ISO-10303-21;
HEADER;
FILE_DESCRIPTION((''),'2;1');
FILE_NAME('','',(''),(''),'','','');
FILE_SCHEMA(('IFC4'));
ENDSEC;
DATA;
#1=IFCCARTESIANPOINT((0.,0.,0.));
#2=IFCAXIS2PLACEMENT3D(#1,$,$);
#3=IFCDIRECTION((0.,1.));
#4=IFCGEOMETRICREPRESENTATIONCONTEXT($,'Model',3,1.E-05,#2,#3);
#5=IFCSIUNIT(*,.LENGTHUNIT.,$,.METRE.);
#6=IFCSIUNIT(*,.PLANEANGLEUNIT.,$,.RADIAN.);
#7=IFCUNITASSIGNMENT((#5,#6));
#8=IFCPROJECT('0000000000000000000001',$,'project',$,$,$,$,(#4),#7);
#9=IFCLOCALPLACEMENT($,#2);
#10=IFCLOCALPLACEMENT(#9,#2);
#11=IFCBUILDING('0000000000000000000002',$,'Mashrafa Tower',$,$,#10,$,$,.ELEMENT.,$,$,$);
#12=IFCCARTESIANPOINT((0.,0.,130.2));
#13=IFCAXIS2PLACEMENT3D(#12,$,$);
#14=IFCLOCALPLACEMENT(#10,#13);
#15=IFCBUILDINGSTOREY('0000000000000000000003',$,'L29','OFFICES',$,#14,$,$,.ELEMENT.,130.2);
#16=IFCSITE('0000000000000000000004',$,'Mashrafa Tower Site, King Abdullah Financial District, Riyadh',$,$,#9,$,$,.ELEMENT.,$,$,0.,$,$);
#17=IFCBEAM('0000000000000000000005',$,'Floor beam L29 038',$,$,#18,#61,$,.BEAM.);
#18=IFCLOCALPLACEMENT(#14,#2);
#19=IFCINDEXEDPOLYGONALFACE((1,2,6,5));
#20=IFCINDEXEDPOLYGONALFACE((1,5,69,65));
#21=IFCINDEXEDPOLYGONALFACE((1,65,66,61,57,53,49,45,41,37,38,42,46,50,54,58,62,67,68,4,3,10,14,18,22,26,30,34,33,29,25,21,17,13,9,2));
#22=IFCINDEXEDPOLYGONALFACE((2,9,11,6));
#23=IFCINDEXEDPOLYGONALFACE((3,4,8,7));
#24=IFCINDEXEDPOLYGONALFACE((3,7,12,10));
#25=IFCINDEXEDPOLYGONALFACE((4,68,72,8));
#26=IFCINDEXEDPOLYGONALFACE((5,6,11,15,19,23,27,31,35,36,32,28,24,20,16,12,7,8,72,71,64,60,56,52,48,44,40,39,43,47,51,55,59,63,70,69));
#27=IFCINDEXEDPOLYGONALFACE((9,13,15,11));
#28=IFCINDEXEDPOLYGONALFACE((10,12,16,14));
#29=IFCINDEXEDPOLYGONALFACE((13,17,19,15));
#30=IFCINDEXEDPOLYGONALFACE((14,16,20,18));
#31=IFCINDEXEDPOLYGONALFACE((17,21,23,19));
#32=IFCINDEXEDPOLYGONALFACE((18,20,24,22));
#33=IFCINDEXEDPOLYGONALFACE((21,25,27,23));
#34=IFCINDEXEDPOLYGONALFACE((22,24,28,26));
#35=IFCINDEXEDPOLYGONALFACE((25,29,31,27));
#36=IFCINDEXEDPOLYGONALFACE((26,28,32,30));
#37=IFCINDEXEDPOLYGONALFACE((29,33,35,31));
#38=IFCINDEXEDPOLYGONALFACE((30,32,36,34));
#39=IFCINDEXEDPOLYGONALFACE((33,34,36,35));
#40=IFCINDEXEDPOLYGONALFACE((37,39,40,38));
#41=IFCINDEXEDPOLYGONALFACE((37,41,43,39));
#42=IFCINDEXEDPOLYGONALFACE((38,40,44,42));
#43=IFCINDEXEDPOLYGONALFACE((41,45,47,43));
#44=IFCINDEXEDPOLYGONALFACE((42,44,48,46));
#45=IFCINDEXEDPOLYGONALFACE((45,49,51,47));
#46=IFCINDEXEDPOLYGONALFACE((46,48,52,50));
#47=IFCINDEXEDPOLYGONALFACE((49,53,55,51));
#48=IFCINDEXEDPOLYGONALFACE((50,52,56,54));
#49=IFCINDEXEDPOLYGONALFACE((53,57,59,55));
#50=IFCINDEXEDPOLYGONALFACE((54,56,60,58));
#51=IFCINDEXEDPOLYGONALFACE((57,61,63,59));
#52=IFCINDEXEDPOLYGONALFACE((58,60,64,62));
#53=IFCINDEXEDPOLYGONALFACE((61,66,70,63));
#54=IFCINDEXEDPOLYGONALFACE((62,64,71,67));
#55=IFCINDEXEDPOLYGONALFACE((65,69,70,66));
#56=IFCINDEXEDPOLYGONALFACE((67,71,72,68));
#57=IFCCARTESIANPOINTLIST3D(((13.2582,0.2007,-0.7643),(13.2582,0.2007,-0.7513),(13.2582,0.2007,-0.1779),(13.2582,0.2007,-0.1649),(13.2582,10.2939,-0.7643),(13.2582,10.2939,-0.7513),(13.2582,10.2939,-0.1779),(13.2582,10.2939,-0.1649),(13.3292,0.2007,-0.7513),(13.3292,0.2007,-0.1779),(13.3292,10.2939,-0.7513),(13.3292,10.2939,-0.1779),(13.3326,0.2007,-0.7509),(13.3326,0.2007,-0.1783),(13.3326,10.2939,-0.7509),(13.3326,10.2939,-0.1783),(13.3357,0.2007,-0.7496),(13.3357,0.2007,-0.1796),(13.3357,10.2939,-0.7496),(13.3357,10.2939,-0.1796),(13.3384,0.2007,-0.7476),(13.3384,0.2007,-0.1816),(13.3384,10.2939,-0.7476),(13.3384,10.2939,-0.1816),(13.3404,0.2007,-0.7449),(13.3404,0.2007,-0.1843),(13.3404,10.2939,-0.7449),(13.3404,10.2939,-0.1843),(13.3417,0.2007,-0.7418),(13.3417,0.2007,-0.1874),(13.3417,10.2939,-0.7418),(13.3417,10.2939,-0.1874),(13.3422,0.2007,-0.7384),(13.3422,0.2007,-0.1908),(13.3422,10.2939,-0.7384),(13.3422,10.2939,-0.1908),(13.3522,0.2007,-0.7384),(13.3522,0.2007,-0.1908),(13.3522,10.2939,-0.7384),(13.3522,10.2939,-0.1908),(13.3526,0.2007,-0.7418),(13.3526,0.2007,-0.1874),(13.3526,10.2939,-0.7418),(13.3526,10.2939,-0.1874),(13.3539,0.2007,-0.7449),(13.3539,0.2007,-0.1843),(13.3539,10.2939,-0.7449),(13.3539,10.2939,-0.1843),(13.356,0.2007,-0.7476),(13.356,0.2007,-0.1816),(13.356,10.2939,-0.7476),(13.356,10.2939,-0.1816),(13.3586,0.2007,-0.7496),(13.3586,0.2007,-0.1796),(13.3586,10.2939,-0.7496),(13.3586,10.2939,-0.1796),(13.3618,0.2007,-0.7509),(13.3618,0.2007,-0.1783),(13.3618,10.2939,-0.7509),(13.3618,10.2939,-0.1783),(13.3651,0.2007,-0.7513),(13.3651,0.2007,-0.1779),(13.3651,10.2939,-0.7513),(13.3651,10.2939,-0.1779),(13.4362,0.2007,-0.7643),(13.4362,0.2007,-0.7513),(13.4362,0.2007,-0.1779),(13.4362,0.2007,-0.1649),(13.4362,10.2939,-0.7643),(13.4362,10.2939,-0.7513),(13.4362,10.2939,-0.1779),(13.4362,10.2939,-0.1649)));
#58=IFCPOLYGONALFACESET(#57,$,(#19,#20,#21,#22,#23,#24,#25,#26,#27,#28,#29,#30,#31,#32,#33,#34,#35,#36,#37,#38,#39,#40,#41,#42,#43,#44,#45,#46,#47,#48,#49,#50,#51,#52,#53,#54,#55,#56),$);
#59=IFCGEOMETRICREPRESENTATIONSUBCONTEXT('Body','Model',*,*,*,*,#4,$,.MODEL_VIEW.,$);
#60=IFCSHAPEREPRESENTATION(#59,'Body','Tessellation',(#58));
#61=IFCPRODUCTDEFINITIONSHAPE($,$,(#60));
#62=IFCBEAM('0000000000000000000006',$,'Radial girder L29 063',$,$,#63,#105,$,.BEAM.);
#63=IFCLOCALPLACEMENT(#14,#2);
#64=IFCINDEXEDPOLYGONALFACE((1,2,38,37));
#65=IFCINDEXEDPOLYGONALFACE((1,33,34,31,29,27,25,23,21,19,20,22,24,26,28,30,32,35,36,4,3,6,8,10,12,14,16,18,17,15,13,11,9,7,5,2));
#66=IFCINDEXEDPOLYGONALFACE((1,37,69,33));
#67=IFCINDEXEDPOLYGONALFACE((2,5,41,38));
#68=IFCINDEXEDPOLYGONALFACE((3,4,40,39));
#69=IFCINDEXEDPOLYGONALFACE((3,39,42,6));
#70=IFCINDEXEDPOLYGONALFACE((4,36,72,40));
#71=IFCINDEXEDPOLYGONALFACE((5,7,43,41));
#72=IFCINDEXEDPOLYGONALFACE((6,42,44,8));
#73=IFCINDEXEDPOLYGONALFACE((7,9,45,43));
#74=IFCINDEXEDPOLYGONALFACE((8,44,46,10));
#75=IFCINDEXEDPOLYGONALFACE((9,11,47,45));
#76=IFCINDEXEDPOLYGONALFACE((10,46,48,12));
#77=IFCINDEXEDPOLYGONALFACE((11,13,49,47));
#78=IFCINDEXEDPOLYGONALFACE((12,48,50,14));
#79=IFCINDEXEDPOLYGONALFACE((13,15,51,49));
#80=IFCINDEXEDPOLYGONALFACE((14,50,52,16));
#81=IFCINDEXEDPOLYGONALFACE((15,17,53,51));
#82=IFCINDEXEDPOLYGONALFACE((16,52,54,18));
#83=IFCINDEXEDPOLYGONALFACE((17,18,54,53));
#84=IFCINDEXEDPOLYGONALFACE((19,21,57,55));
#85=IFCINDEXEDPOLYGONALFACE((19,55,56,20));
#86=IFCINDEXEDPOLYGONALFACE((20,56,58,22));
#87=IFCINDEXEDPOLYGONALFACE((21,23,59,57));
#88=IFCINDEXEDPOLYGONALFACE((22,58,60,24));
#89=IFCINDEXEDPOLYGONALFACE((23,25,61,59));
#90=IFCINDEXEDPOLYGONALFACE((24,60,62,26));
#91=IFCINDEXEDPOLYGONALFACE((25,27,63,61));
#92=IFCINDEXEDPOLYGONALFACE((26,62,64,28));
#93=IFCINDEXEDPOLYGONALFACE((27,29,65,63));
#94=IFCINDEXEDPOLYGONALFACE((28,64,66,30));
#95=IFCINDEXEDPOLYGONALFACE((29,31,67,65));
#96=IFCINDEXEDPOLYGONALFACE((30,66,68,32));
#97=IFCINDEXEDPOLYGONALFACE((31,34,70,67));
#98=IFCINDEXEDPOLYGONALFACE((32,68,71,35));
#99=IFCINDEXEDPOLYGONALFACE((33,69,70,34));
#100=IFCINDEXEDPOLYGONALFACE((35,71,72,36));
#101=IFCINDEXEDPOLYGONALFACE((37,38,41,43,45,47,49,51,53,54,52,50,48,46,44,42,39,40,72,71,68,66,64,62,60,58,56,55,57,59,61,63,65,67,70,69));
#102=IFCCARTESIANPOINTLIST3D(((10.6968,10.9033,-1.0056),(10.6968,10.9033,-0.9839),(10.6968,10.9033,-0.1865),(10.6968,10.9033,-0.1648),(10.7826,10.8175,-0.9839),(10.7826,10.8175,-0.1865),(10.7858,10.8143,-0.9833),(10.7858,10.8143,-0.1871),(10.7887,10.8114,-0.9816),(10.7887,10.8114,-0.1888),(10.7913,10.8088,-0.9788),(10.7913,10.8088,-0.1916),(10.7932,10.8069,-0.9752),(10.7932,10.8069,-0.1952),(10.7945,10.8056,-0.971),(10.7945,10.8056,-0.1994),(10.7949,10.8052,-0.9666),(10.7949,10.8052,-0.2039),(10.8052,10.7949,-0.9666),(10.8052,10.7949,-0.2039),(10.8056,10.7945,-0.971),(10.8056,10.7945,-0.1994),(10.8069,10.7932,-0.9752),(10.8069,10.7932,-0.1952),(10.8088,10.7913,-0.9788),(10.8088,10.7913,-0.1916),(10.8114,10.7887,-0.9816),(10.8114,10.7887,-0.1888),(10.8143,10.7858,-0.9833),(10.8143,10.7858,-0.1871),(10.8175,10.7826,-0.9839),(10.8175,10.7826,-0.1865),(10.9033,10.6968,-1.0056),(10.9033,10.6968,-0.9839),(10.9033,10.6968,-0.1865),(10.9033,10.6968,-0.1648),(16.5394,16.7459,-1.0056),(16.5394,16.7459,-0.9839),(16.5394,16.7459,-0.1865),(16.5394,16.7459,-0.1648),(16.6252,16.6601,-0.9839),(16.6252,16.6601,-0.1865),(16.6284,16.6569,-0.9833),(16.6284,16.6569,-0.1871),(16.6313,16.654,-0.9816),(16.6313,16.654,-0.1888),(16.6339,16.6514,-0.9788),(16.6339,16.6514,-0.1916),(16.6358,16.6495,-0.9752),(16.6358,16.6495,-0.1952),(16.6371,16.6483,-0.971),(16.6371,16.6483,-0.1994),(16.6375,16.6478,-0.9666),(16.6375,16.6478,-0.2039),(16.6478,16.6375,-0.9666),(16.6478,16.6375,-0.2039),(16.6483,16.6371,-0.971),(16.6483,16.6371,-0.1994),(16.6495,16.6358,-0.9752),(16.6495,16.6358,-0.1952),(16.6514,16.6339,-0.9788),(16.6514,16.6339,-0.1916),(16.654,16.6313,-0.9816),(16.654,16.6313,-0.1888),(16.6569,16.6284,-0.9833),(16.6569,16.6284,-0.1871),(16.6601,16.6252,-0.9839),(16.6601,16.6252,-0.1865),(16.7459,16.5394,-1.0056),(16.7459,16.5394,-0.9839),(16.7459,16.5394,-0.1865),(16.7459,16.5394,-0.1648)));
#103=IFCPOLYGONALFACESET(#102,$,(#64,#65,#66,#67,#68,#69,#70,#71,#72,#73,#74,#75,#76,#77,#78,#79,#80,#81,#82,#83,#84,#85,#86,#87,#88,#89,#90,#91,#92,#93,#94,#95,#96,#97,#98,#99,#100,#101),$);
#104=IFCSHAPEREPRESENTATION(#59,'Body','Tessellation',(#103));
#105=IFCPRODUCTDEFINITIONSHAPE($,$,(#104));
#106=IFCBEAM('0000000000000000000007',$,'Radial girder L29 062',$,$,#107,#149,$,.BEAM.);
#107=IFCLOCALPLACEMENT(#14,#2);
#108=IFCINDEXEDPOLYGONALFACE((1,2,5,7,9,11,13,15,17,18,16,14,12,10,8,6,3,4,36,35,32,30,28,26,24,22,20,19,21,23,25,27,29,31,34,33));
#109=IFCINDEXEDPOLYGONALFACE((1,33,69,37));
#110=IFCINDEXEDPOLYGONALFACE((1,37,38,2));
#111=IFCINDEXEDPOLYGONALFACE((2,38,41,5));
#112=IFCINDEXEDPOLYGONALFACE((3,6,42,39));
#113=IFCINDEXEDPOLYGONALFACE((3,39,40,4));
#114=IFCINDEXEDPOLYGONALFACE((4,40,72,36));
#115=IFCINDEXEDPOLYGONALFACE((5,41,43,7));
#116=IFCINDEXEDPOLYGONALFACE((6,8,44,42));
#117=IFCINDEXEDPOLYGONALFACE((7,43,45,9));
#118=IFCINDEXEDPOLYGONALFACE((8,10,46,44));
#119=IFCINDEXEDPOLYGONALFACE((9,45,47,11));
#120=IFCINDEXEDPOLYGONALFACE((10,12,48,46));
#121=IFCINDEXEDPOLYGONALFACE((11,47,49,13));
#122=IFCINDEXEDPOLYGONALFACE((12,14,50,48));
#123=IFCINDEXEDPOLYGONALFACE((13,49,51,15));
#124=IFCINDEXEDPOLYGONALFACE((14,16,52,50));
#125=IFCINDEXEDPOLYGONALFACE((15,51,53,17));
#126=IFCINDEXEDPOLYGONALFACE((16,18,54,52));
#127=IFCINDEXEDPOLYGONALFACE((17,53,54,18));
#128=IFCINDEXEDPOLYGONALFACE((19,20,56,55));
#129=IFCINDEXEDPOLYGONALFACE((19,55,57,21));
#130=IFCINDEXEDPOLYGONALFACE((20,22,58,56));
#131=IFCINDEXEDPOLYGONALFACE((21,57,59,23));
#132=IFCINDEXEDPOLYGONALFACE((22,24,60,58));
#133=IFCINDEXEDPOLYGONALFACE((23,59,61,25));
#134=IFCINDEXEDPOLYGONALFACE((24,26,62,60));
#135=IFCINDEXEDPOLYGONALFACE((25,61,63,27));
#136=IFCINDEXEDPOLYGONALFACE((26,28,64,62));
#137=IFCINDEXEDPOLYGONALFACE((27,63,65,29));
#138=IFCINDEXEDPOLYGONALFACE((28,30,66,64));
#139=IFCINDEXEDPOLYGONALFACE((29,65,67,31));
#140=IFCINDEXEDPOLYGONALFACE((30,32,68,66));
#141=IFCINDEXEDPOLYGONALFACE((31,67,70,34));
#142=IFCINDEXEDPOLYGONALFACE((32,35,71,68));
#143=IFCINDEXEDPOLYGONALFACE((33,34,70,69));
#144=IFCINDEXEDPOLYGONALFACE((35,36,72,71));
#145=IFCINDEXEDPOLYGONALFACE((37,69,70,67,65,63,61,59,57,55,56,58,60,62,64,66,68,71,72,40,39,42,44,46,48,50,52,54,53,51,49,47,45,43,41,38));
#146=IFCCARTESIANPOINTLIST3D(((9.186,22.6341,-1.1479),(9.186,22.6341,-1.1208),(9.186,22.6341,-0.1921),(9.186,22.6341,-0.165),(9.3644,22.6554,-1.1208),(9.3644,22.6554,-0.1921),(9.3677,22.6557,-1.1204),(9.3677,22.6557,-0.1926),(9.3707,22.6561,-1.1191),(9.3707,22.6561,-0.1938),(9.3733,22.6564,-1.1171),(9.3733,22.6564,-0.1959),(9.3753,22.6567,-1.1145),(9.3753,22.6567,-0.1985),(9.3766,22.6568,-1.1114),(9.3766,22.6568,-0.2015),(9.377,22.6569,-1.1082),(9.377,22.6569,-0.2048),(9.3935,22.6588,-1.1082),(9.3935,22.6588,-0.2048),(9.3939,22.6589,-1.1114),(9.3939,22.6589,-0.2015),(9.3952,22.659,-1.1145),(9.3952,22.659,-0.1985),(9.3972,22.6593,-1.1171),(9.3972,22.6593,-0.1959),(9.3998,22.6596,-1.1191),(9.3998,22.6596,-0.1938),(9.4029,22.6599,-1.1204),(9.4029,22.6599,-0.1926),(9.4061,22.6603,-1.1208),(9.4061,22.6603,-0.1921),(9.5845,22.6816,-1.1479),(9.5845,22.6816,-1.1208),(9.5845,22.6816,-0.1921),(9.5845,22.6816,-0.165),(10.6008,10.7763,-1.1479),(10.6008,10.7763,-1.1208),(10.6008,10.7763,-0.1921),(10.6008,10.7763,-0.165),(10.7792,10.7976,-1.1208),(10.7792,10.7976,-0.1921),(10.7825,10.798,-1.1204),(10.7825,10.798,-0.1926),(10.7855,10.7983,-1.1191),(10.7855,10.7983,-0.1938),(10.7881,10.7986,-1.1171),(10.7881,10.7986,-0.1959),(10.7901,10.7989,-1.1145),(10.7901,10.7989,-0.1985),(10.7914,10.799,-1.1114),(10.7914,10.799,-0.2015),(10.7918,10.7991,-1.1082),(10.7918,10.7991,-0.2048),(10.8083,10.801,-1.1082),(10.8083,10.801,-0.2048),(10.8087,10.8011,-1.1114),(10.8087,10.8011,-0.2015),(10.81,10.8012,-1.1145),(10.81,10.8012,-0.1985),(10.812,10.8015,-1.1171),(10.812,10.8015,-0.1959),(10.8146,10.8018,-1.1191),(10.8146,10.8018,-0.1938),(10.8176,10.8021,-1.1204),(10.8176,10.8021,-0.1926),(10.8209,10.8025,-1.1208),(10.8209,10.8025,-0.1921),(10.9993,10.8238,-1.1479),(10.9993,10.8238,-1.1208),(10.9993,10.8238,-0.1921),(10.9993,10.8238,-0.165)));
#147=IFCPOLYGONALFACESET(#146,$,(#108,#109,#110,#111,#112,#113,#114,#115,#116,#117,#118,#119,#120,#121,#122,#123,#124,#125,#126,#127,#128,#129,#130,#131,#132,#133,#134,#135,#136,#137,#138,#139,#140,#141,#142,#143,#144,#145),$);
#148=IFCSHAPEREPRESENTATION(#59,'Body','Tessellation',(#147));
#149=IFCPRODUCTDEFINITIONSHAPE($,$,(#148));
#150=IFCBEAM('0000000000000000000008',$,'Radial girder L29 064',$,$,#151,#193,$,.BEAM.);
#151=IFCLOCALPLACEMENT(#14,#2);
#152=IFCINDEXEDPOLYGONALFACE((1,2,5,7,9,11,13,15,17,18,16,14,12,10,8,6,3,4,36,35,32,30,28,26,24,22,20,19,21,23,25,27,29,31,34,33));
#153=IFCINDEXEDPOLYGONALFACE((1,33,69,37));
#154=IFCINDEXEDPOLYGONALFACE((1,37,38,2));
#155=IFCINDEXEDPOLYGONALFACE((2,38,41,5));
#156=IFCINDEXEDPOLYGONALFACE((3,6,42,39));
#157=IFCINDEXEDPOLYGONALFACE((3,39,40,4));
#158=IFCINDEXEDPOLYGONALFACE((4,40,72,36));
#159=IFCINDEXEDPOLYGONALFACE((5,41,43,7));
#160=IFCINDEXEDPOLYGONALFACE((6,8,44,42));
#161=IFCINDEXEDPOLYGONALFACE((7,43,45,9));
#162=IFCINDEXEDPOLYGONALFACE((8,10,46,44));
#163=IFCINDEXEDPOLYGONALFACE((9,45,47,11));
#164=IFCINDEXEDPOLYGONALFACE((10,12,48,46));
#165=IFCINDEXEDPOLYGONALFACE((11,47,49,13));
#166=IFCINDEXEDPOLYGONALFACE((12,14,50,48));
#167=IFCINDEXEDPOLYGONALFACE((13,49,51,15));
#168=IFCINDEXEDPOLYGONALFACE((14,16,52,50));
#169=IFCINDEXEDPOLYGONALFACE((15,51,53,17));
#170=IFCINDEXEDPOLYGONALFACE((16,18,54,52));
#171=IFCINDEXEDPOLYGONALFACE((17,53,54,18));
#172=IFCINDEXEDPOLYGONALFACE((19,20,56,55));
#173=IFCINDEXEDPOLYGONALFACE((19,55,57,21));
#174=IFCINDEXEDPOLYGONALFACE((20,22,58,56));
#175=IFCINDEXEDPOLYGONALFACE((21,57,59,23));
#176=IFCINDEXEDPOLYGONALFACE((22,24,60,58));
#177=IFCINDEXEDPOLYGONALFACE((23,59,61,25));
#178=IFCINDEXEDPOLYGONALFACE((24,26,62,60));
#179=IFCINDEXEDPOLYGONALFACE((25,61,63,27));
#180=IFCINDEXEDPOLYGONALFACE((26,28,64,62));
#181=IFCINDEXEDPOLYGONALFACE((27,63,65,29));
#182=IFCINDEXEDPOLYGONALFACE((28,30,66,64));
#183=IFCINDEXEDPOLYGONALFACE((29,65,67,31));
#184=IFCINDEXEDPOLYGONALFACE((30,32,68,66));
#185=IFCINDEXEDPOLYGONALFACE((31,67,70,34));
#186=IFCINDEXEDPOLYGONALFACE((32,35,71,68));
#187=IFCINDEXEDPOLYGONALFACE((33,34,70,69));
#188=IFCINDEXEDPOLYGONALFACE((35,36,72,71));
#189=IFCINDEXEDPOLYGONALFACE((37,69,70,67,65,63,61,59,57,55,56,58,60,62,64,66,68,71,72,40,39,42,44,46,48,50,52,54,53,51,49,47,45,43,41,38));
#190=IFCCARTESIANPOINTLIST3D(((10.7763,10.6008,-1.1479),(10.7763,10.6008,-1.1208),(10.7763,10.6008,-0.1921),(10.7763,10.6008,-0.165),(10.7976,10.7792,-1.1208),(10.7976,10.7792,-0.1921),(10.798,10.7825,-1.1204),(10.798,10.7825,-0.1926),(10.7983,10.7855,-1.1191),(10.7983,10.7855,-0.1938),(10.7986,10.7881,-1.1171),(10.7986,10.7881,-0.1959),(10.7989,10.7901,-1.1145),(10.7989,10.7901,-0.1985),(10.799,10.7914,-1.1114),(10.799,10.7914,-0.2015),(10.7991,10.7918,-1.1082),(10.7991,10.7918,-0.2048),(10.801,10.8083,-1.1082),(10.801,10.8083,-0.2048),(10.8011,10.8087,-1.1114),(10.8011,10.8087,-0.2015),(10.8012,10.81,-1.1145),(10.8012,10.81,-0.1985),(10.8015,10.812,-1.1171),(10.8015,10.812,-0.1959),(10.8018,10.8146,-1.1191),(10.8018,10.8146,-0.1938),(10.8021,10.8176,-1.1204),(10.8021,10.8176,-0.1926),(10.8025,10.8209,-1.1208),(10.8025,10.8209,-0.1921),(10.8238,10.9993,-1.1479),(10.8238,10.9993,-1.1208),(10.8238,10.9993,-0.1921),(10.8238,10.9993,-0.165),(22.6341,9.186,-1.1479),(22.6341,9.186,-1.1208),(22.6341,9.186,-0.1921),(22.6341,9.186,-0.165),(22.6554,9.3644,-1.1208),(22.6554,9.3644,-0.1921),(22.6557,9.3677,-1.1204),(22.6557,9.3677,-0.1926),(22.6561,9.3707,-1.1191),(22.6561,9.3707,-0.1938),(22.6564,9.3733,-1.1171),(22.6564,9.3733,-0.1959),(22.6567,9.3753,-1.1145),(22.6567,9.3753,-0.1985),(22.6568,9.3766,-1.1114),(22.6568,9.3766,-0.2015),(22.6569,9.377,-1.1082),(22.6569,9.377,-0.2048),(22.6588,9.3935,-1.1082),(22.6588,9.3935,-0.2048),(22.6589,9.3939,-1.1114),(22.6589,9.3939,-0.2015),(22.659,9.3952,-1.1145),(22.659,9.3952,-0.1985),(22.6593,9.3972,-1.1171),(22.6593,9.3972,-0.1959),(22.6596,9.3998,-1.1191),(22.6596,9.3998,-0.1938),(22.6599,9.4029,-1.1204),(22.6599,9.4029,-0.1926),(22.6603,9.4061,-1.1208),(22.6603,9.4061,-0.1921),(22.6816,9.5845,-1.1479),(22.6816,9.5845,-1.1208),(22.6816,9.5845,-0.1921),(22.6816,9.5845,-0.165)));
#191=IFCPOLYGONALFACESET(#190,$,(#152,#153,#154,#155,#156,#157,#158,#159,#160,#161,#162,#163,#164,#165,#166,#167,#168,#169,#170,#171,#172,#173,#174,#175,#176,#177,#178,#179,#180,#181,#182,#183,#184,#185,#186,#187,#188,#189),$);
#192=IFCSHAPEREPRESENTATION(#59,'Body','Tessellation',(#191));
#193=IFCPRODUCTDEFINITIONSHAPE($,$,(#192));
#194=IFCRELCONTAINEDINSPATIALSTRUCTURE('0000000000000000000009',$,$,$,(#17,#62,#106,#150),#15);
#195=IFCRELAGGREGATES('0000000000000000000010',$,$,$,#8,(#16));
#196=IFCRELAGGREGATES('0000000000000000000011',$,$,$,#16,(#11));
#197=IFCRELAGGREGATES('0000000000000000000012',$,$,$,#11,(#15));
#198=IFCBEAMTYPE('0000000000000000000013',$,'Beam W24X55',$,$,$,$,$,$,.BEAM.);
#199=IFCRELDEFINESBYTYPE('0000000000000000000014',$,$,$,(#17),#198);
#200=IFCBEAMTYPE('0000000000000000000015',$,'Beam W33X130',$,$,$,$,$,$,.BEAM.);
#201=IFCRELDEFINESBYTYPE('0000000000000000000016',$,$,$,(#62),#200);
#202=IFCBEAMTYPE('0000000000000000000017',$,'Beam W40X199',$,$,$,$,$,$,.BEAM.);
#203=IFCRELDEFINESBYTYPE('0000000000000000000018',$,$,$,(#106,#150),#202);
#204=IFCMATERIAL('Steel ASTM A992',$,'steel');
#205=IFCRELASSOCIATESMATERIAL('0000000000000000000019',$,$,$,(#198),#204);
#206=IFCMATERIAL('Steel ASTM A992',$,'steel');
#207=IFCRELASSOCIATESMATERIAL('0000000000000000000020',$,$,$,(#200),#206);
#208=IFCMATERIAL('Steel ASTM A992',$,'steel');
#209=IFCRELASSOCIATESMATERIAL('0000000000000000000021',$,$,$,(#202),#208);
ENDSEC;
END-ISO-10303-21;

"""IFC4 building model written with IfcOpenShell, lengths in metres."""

from ifc_helpers import new_model, si_unit, direction, frame, origin, origin_2d, place, context, subcontext, project, spatial, i_section, extrude, material, material_profile, profile_set, type_object, element, save


model = new_model("IFC4")

# Units and contexts
model_context = context("Model", 3, precision=1e-05, world=origin(), true_north=direction((0.0, 1.0)))
body_context = subcontext(model_context, "Body", "Model", "MODEL_VIEW")
ifc_project = project(units=[si_unit("LENGTHUNIT", "METRE"), si_unit("PLANEANGLEUNIT", "RADIAN")], contexts=[model_context])

# Site, building, storey
site_placement = place(None, origin())
site = spatial("IfcSite", under=ifc_project, at=site_placement, Name="Mashrafa Tower Site, King Abdullah Financial District, Riyadh", CompositionType="ELEMENT", RefElevation=0.0)
building_placement = place(site_placement, origin())
building = spatial("IfcBuilding", under=site, at=building_placement, Name="Mashrafa Tower", CompositionType="ELEMENT")
storey_placement = place(building_placement, frame((0.0, 0.0, 130.2)))
storey = spatial("IfcBuildingStorey", under=building, at=storey_placement, Name="L29", Description="OFFICES", CompositionType="ELEMENT", Elevation=130.2)

# Beams
ifc_material_1 = material(Name="Steel ASTM A992", Category="steel")
ifc_material_profile_1 = material_profile(ifc_material_1, i_section(OverallWidth=0.178, OverallDepth=0.5994, WebThickness=0.01, FlangeThickness=0.0129, FilletRadius=0.0129, at=origin_2d()), Name="W24X55")
ifc_profile_set_1 = profile_set([ifc_material_profile_1], Name="Steel ASTM A992")
beam_type_1 = type_object("IfcBeamType", Name="Beam W24X55", PredefinedType="BEAM", material=ifc_profile_set_1)
beam_1_placement = place(storey_placement, frame((13.3472, 10.2939, -0.4646), z_axis=(0.0, -1.0, 0.0), x_axis=(1.0, 0.0, 0.0)))
element("IfcBeam", 1, at=beam_1_placement, inside=storey, type_object=beam_type_1, Name="Floor beam L29 038", PredefinedType="BEAM", context=body_context, shape_type="SweptSolid", body=[
    extrude(i_section(OverallWidth=0.178, OverallDepth=0.5994, WebThickness=0.01, FlangeThickness=0.0129, FilletRadius=0.0129, at=origin_2d()), origin(), (0.0, 0.0, 1.0), 10.0933),
])
ifc_material_2 = material(Name="Steel ASTM A992", Category="steel")
ifc_material_profile_2 = material_profile(ifc_material_2, i_section(OverallWidth=0.292, OverallDepth=0.8408, WebThickness=0.0146, FlangeThickness=0.0217, FilletRadius=0.0173, at=origin_2d()), Name="W33X130")
ifc_profile_set_2 = profile_set([ifc_material_profile_2], Name="Steel ASTM A992")
beam_type_2 = type_object("IfcBeamType", Name="Beam W33X130", PredefinedType="BEAM", material=ifc_profile_set_2)
beam_2_placement = place(storey_placement, frame((10.8, 10.8, -0.5852), z_axis=(0.707107, 0.707107, 0.0), x_axis=(-0.707107, 0.707107, 0.0)))
element("IfcBeam", 2, at=beam_2_placement, inside=storey, type_object=beam_type_2, Name="Radial girder L29 063", PredefinedType="BEAM", context=body_context, shape_type="SweptSolid", body=[
    extrude(i_section(OverallWidth=0.292, OverallDepth=0.8408, WebThickness=0.0146, FlangeThickness=0.0217, FilletRadius=0.0173, at=origin_2d()), origin(), (0.0, 0.0, 1.0), 8.2627),
])
ifc_material_3 = material(Name="Steel ASTM A992", Category="steel")
ifc_material_profile_3 = material_profile(ifc_material_3, i_section(OverallWidth=0.4014, OverallDepth=0.9829, WebThickness=0.0166, FlangeThickness=0.0271, FilletRadius=0.0127, at=origin_2d()), Name="W40X199")
ifc_profile_set_3 = profile_set([ifc_material_profile_3], Name="Steel ASTM A992")
beam_type_3 = type_object("IfcBeamType", Name="Beam W40X199", PredefinedType="BEAM", material=ifc_profile_set_3)
for number, where, z_axis, x_axis, name in (
    (3, (10.8, 10.8, -0.6565), (-0.118472, 0.992957, 0.0), (-0.992957, -0.118472, 0.0), "Radial girder L29 062"),
    (4, (10.8, 10.8, -0.6565), (0.992957, -0.118472, 0.0), (0.118472, 0.992957, 0.0), "Radial girder L29 064"),
):
    element("IfcBeam", number, at=place(storey_placement, frame(where, z_axis=z_axis, x_axis=x_axis)), inside=storey, type_object=beam_type_3, Name=name, PredefinedType="BEAM", context=body_context, shape_type="SweptSolid", body=[
        extrude(i_section(OverallWidth=0.4014, OverallDepth=0.9829, WebThickness=0.0166, FlangeThickness=0.0271, FilletRadius=0.0127, at=origin_2d()), origin(), (0.0, 0.0, 1.0), 11.9419),
    ])

save(model, "model.ifc")
